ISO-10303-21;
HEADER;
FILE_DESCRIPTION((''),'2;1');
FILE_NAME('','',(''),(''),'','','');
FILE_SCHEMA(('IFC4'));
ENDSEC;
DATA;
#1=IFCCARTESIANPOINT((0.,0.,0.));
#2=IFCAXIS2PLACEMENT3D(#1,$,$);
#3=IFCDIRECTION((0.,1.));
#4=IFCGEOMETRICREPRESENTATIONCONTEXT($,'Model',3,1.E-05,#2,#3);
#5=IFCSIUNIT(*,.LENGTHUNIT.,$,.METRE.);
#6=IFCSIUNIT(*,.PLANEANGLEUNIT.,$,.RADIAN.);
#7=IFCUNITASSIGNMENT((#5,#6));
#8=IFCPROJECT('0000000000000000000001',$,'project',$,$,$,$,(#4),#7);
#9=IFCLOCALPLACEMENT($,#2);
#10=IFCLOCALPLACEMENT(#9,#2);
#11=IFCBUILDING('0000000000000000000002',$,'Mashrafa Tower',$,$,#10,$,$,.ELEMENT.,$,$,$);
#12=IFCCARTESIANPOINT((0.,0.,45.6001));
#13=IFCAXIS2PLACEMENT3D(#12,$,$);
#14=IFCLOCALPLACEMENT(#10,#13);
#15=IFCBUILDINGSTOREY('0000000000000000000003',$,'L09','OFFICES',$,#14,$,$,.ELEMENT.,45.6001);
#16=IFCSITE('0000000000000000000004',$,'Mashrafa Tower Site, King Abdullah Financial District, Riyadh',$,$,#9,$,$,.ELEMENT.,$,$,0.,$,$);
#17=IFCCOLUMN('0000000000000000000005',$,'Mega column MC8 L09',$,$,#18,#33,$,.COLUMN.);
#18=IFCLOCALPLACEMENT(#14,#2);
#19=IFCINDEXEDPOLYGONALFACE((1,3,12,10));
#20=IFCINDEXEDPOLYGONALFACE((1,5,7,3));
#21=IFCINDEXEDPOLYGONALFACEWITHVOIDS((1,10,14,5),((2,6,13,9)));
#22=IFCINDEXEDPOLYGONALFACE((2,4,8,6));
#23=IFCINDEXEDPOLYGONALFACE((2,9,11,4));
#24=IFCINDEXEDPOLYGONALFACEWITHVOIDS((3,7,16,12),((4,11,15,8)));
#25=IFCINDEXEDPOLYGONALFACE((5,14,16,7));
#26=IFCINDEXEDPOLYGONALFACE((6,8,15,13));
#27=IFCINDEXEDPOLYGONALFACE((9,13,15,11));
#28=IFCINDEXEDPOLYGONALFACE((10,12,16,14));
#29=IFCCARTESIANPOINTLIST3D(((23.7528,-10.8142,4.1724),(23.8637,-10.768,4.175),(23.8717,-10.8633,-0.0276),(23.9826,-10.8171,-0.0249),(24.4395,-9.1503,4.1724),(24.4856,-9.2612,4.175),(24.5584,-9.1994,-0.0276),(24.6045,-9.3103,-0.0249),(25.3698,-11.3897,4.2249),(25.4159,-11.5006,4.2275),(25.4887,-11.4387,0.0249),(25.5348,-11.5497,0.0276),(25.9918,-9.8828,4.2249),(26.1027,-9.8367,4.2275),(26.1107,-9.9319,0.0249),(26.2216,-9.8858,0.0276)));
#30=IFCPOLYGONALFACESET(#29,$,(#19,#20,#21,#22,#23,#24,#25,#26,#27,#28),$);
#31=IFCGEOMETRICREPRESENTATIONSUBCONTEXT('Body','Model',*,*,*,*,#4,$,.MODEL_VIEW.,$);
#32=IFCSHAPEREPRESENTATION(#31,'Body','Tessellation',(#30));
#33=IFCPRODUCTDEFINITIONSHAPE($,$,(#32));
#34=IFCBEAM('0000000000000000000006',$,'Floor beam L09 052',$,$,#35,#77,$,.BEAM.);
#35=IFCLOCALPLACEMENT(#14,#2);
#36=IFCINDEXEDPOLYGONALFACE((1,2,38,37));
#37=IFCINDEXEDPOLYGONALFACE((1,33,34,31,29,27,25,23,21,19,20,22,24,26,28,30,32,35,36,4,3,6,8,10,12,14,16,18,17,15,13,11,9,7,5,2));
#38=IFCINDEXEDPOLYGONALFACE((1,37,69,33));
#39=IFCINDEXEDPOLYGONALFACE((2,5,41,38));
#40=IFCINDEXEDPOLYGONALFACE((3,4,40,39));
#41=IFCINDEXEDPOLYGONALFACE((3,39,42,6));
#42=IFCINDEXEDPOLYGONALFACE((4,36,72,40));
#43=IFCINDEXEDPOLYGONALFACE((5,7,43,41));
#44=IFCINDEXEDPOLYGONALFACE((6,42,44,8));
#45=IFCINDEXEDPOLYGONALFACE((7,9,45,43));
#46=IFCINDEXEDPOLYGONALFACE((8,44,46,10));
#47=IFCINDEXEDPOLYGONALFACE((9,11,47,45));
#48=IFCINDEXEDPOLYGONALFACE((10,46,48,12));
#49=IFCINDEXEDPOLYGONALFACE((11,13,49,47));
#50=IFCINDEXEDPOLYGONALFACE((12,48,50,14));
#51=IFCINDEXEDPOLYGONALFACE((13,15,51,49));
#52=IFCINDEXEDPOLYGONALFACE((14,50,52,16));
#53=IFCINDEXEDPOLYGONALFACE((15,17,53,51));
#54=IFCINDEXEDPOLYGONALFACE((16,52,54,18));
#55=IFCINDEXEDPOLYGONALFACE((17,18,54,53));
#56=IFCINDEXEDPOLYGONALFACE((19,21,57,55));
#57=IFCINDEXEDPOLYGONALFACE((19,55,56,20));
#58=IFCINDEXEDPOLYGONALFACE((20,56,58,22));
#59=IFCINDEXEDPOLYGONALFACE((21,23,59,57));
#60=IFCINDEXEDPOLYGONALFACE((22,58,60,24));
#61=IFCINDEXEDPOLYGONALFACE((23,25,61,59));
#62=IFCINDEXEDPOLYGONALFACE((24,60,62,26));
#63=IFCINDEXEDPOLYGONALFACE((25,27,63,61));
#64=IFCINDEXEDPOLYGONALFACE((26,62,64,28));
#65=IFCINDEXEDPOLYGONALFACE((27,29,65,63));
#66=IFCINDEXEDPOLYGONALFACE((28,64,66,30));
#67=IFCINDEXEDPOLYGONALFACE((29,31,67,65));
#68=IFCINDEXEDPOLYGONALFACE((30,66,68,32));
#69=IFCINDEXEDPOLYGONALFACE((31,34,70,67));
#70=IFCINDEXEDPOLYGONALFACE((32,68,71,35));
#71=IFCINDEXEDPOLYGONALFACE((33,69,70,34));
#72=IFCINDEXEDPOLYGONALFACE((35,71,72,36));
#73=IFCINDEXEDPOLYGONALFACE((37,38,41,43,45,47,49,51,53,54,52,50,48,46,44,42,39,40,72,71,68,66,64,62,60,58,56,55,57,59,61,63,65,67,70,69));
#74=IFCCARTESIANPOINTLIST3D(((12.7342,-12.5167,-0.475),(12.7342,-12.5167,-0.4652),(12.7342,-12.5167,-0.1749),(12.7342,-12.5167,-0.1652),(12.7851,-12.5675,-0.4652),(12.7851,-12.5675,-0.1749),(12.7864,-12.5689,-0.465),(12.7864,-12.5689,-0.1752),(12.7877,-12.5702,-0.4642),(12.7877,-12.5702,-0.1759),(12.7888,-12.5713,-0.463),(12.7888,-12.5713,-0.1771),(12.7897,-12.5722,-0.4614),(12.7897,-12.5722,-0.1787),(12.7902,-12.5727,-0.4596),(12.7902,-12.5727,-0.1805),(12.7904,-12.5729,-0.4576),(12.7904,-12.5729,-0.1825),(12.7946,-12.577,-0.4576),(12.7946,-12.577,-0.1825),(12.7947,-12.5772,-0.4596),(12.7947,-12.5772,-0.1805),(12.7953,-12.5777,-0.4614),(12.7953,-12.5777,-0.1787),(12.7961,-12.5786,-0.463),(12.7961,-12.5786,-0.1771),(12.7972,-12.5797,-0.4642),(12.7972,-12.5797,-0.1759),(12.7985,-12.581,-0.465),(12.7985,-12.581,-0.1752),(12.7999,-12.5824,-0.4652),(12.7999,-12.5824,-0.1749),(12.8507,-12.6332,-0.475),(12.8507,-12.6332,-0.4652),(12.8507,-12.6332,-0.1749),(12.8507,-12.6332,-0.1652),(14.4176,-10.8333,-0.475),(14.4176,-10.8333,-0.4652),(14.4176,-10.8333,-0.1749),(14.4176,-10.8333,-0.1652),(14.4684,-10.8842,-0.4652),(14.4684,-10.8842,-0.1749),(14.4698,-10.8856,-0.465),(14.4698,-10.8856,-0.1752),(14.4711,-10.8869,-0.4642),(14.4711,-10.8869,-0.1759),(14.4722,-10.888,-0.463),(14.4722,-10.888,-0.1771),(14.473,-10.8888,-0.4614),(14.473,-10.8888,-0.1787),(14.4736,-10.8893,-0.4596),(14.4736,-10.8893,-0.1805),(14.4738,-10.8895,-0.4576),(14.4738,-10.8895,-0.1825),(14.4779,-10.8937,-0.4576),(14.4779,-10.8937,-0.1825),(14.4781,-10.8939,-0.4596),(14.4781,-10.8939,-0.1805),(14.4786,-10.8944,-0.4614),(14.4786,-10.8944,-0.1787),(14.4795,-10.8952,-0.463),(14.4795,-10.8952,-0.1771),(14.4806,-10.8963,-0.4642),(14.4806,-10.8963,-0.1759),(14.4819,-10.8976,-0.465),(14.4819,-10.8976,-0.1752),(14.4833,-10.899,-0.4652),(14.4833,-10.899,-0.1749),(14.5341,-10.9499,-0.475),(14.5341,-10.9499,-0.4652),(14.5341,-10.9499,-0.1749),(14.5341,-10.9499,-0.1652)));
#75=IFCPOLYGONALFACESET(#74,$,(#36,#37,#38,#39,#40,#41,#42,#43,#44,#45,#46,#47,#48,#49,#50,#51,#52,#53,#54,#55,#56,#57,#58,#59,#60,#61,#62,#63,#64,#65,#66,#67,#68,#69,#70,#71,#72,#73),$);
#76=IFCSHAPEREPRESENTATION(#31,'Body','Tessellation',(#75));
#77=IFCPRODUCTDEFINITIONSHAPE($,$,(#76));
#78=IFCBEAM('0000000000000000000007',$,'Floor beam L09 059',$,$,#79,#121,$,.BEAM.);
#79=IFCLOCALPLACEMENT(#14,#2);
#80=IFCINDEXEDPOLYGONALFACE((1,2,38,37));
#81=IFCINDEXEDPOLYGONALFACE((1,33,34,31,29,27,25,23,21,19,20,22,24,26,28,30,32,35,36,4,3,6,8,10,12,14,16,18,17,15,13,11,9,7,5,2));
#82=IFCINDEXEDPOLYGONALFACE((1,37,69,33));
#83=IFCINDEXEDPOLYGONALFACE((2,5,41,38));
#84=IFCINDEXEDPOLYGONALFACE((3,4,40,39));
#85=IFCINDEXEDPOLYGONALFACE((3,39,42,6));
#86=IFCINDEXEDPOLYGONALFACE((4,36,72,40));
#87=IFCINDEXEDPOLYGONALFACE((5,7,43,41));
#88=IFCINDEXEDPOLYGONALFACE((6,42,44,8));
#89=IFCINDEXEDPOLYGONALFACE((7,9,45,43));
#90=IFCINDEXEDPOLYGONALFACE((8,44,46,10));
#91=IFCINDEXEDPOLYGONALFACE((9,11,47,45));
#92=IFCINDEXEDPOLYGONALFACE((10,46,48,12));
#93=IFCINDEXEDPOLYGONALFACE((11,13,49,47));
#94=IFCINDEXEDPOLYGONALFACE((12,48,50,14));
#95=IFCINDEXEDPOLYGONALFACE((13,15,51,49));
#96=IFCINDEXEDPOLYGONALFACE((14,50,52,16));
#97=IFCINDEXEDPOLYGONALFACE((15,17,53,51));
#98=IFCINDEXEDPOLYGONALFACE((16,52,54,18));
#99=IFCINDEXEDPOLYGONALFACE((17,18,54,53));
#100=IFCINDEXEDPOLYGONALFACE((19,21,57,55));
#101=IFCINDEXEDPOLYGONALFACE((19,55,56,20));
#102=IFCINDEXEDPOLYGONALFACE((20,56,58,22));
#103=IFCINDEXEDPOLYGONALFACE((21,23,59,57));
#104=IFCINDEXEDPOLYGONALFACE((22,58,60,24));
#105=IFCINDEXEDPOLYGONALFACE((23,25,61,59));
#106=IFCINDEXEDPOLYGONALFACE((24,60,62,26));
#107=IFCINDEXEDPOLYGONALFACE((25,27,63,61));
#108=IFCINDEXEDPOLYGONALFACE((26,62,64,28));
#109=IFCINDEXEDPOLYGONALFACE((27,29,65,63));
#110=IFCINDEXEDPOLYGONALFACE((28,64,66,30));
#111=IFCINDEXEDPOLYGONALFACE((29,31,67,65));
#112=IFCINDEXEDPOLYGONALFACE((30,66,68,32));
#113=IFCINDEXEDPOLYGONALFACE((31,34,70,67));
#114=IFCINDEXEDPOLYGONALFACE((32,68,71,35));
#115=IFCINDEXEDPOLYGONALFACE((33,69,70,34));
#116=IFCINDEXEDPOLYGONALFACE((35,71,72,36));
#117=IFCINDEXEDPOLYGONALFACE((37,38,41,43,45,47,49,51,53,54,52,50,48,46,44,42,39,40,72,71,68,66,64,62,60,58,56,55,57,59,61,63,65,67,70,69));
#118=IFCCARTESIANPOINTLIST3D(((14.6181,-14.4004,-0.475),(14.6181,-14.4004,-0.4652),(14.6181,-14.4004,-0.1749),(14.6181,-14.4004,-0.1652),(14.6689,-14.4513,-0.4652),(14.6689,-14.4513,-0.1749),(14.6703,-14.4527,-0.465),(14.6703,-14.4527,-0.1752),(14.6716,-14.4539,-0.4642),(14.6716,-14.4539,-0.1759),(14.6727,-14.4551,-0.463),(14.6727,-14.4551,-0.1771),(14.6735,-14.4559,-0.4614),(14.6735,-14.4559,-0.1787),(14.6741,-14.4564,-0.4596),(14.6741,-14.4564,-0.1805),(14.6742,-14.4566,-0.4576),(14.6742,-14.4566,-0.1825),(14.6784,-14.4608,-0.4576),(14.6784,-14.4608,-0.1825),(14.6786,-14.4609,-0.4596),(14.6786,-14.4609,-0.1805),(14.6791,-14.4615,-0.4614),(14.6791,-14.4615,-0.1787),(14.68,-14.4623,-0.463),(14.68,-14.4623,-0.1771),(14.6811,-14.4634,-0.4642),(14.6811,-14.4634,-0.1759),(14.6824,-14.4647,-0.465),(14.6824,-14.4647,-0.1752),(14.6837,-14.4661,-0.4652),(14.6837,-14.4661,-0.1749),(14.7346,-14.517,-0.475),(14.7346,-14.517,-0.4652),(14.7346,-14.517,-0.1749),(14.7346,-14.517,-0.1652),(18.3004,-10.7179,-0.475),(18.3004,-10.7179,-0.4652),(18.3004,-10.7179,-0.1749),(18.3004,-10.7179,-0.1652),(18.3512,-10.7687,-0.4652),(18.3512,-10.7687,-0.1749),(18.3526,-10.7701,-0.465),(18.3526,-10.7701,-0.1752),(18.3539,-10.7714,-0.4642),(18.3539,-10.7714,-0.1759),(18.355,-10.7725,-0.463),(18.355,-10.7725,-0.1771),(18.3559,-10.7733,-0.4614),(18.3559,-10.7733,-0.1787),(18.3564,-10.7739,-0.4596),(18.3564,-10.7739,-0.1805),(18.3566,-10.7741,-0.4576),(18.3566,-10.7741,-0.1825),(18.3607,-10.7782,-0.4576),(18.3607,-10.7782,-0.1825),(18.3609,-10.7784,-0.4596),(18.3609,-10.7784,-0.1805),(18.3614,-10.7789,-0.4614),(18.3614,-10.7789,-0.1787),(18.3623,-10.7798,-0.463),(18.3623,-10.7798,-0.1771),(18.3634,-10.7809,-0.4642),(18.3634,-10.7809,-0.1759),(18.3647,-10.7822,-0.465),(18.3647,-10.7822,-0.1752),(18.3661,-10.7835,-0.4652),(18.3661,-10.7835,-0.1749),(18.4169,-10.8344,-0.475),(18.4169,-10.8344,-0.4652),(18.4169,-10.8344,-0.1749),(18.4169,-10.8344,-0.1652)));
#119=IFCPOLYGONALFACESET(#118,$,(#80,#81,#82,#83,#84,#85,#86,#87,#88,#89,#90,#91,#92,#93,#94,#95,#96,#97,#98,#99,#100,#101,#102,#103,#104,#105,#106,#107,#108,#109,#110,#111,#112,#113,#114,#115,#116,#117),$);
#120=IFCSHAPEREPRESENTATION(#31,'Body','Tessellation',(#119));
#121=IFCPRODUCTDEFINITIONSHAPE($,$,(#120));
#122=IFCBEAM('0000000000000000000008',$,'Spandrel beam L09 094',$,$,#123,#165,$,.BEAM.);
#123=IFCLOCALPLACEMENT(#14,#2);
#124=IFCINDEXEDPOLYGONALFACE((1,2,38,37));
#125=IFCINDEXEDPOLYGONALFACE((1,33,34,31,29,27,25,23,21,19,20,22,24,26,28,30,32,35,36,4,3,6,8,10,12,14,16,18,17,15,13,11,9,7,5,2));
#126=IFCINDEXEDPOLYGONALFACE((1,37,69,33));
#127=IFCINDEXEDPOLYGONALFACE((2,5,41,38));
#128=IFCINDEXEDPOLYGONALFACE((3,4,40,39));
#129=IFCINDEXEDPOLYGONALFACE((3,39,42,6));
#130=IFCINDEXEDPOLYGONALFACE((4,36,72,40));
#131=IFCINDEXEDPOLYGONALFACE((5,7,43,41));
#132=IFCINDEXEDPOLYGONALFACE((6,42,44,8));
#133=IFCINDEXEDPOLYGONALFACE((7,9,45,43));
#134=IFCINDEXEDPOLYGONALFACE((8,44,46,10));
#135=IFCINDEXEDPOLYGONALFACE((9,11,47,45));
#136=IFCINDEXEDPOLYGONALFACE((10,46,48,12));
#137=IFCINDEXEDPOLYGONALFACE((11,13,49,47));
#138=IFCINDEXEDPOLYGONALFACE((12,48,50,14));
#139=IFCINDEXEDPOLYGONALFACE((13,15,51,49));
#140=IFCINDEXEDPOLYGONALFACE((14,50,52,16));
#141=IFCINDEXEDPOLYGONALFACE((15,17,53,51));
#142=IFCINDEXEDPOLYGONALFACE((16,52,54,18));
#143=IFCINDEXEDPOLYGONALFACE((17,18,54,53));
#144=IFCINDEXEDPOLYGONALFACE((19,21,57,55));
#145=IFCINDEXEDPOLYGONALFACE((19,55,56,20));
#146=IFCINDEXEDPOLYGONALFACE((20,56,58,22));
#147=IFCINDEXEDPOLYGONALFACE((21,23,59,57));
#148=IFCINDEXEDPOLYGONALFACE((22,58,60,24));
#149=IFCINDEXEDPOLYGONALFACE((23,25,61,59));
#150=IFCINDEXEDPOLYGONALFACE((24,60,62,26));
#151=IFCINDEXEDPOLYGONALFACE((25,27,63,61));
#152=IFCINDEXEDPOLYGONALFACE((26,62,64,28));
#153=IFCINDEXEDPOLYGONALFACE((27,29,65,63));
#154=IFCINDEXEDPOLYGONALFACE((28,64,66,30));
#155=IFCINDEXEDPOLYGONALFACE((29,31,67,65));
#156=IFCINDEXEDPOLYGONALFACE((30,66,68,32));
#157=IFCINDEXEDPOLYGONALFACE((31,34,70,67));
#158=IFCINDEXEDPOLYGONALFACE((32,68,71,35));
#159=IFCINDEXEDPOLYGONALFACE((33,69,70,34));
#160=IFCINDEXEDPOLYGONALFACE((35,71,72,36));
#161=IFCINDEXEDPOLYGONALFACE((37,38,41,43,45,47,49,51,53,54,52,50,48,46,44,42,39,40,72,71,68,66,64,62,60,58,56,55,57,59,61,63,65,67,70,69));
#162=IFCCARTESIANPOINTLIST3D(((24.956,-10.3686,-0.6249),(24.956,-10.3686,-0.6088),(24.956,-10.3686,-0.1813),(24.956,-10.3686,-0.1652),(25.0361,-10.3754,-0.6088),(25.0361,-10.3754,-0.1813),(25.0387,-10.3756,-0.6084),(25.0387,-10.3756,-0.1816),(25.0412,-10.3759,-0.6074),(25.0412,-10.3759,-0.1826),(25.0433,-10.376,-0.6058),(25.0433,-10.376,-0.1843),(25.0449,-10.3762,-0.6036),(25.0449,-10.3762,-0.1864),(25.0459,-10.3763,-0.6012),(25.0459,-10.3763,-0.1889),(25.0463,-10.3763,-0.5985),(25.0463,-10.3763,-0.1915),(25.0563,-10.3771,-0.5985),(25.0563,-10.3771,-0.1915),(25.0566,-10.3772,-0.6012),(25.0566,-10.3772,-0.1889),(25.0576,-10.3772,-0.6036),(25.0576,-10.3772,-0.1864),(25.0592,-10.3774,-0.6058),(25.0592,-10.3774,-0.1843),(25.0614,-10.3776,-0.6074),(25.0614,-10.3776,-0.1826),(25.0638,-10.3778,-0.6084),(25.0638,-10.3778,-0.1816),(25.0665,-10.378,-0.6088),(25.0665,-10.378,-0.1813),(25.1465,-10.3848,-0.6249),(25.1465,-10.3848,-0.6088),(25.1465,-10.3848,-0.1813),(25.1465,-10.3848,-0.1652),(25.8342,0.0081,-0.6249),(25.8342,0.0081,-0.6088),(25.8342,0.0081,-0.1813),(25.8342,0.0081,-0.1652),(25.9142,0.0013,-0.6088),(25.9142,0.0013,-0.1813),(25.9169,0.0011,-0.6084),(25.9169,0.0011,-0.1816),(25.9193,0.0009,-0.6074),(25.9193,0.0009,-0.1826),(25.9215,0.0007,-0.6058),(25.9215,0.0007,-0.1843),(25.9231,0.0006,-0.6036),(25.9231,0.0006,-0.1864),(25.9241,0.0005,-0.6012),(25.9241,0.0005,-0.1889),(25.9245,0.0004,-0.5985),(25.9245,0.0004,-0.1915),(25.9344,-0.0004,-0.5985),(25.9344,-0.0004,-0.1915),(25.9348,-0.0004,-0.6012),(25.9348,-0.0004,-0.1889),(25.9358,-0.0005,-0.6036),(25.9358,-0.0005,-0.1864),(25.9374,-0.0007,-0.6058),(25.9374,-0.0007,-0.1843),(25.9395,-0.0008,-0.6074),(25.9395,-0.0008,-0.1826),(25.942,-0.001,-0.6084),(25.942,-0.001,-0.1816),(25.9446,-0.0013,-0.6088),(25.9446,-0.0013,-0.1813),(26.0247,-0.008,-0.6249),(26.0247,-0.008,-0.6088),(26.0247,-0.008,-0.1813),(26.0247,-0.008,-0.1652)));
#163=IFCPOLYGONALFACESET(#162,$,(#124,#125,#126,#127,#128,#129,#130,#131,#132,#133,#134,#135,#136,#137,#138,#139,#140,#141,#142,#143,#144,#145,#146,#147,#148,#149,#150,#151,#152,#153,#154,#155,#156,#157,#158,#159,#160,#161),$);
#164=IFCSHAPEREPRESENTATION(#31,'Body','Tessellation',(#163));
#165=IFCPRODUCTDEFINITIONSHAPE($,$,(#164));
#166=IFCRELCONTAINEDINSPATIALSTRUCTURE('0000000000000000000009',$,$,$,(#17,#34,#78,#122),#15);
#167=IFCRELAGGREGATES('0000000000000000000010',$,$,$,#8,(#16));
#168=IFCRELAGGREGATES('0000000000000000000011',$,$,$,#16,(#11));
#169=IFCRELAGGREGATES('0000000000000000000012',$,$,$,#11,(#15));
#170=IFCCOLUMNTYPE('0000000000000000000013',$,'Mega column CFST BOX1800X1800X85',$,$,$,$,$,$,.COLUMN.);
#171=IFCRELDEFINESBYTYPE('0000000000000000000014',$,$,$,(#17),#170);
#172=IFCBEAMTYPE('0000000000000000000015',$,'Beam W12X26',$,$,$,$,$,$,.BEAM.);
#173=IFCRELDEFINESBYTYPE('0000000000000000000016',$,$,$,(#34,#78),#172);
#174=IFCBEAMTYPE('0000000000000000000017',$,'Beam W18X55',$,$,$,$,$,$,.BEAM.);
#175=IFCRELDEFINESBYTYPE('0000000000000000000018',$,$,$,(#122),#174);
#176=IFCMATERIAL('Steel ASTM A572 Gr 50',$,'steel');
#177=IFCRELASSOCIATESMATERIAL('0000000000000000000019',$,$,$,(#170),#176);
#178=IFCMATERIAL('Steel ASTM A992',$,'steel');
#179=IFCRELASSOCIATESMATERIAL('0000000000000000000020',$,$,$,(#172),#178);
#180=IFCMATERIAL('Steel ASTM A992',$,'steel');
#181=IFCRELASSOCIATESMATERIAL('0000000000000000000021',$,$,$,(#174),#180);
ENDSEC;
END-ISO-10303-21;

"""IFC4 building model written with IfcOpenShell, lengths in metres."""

from ifc_helpers import new_model, si_unit, direction, frame, origin, origin_2d, place, context, subcontext, project, spatial, hollow_rectangle, i_section, extrude, material, material_profile, profile_set, type_object, element, save


model = new_model("IFC4")

# Units and contexts
model_context = context("Model", 3, precision=1e-05, world=origin(), true_north=direction((0.0, 1.0)))
body_context = subcontext(model_context, "Body", "Model", "MODEL_VIEW")
ifc_project = project(units=[si_unit("LENGTHUNIT", "METRE"), si_unit("PLANEANGLEUNIT", "RADIAN")], contexts=[model_context])

# Site, building, storey
site_placement = place(None, origin())
site = spatial("IfcSite", under=ifc_project, at=site_placement, Name="Mashrafa Tower Site, King Abdullah Financial District, Riyadh", CompositionType="ELEMENT", RefElevation=0.0)
building_placement = place(site_placement, origin())
building = spatial("IfcBuilding", under=site, at=building_placement, Name="Mashrafa Tower", CompositionType="ELEMENT")
storey_placement = place(building_placement, frame((0.0, 0.0, 45.6001)))
storey = spatial("IfcBuildingStorey", under=building, at=storey_placement, Name="L09", Description="OFFICES", CompositionType="ELEMENT", Elevation=45.6001)

# Column
ifc_material_1 = material(Name="Steel ASTM A572 Gr 50", Category="steel")
ifc_material_profile_1 = material_profile(ifc_material_1, hollow_rectangle(XDim=1.8, YDim=1.8, WallThickness=0.085, at=origin_2d()), Name="BOX1800X1800X85")
ifc_profile_set_1 = profile_set([ifc_material_profile_1], Name="Steel ASTM A572 Gr 50")
column_type = type_object("IfcColumnType", Name="Mega column CFST BOX1800X1800X85", PredefinedType="COLUMN", material=ifc_profile_set_1)
column_placement = place(storey_placement, frame((25.0466, -10.3745, 0.0), z_axis=(-0.028296, 0.011679, 0.999531), x_axis=(-0.381513, -0.924363, 0.0)))
element("IfcColumn", 1, at=column_placement, inside=storey, type_object=column_type, Name="Mega column MC8 L09", PredefinedType="COLUMN", context=body_context, shape_type="SweptSolid", body=[
    extrude(hollow_rectangle(XDim=1.8, YDim=1.8, WallThickness=0.085, at=origin_2d()), origin(), (0.0, 0.0, 1.0), 4.2019),
])

# Beams
ifc_material_2 = material(Name="Steel ASTM A992", Category="steel")
ifc_material_profile_2 = material_profile(ifc_material_2, i_section(OverallWidth=0.1648, OverallDepth=0.3098, WebThickness=0.0059, FlangeThickness=0.0098, FilletRadius=0.0076, at=origin_2d()), Name="W12X26")
ifc_profile_set_2 = profile_set([ifc_material_profile_2], Name="Steel ASTM A992")
beam_type_1 = type_object("IfcBeamType", Name="Beam W12X26", PredefinedType="BEAM", material=ifc_profile_set_2)
beam_1_placement = place(storey_placement, frame((14.4758, -10.8916, -0.3201), z_axis=(-0.707107, -0.707107, 0.0), x_axis=(0.707107, -0.707107, 0.0)))
element("IfcBeam", 2, at=beam_1_placement, inside=storey, type_object=beam_type_1, Name="Floor beam L09 052", PredefinedType="BEAM", context=body_context, shape_type="SweptSolid", body=[
    extrude(i_section(OverallWidth=0.1648, OverallDepth=0.3098, WebThickness=0.0059, FlangeThickness=0.0098, FilletRadius=0.0076, at=origin_2d()), origin(), (0.0, 0.0, 1.0), 2.3806),
])
beam_2_placement = place(storey_placement, frame((18.3586, -10.7761, -0.3201), z_axis=(-0.707083, -0.70713, 0.0), x_axis=(0.70713, -0.707083, 0.0)))
element("IfcBeam", 3, at=beam_2_placement, inside=storey, type_object=beam_type_1, Name="Floor beam L09 059", PredefinedType="BEAM", context=body_context, shape_type="SweptSolid", body=[
    extrude(i_section(OverallWidth=0.1648, OverallDepth=0.3098, WebThickness=0.0059, FlangeThickness=0.0098, FilletRadius=0.0076, at=origin_2d()), origin(), (0.0, 0.0, 1.0), 5.2078),
])
ifc_material_3 = material(Name="Steel ASTM A992", Category="steel")
ifc_material_profile_3 = material_profile(ifc_material_3, i_section(OverallWidth=0.1912, OverallDepth=0.4597, WebThickness=0.01, FlangeThickness=0.0161, FilletRadius=0.0103, at=origin_2d()), Name="W18X55")
ifc_profile_set_3 = profile_set([ifc_material_profile_3], Name="Steel ASTM A992")
beam_type_2 = type_object("IfcBeamType", Name="Beam W18X55", PredefinedType="BEAM", material=ifc_profile_set_3)
beam_3_placement = place(storey_placement, frame((25.0513, -10.3767, -0.395), z_axis=(0.084328, 0.996438, 0.0), x_axis=(-0.996438, 0.084328, 0.0)))
element("IfcBeam", 4, at=beam_3_placement, inside=storey, type_object=beam_type_2, Name="Spandrel beam L09 094", PredefinedType="BEAM", context=body_context, shape_type="SweptSolid", body=[
    extrude(i_section(OverallWidth=0.1912, OverallDepth=0.4597, WebThickness=0.01, FlangeThickness=0.0161, FilletRadius=0.0103, at=origin_2d()), origin(), (0.0, 0.0, 1.0), 10.4138),
])

save(model, "model.ifc")
